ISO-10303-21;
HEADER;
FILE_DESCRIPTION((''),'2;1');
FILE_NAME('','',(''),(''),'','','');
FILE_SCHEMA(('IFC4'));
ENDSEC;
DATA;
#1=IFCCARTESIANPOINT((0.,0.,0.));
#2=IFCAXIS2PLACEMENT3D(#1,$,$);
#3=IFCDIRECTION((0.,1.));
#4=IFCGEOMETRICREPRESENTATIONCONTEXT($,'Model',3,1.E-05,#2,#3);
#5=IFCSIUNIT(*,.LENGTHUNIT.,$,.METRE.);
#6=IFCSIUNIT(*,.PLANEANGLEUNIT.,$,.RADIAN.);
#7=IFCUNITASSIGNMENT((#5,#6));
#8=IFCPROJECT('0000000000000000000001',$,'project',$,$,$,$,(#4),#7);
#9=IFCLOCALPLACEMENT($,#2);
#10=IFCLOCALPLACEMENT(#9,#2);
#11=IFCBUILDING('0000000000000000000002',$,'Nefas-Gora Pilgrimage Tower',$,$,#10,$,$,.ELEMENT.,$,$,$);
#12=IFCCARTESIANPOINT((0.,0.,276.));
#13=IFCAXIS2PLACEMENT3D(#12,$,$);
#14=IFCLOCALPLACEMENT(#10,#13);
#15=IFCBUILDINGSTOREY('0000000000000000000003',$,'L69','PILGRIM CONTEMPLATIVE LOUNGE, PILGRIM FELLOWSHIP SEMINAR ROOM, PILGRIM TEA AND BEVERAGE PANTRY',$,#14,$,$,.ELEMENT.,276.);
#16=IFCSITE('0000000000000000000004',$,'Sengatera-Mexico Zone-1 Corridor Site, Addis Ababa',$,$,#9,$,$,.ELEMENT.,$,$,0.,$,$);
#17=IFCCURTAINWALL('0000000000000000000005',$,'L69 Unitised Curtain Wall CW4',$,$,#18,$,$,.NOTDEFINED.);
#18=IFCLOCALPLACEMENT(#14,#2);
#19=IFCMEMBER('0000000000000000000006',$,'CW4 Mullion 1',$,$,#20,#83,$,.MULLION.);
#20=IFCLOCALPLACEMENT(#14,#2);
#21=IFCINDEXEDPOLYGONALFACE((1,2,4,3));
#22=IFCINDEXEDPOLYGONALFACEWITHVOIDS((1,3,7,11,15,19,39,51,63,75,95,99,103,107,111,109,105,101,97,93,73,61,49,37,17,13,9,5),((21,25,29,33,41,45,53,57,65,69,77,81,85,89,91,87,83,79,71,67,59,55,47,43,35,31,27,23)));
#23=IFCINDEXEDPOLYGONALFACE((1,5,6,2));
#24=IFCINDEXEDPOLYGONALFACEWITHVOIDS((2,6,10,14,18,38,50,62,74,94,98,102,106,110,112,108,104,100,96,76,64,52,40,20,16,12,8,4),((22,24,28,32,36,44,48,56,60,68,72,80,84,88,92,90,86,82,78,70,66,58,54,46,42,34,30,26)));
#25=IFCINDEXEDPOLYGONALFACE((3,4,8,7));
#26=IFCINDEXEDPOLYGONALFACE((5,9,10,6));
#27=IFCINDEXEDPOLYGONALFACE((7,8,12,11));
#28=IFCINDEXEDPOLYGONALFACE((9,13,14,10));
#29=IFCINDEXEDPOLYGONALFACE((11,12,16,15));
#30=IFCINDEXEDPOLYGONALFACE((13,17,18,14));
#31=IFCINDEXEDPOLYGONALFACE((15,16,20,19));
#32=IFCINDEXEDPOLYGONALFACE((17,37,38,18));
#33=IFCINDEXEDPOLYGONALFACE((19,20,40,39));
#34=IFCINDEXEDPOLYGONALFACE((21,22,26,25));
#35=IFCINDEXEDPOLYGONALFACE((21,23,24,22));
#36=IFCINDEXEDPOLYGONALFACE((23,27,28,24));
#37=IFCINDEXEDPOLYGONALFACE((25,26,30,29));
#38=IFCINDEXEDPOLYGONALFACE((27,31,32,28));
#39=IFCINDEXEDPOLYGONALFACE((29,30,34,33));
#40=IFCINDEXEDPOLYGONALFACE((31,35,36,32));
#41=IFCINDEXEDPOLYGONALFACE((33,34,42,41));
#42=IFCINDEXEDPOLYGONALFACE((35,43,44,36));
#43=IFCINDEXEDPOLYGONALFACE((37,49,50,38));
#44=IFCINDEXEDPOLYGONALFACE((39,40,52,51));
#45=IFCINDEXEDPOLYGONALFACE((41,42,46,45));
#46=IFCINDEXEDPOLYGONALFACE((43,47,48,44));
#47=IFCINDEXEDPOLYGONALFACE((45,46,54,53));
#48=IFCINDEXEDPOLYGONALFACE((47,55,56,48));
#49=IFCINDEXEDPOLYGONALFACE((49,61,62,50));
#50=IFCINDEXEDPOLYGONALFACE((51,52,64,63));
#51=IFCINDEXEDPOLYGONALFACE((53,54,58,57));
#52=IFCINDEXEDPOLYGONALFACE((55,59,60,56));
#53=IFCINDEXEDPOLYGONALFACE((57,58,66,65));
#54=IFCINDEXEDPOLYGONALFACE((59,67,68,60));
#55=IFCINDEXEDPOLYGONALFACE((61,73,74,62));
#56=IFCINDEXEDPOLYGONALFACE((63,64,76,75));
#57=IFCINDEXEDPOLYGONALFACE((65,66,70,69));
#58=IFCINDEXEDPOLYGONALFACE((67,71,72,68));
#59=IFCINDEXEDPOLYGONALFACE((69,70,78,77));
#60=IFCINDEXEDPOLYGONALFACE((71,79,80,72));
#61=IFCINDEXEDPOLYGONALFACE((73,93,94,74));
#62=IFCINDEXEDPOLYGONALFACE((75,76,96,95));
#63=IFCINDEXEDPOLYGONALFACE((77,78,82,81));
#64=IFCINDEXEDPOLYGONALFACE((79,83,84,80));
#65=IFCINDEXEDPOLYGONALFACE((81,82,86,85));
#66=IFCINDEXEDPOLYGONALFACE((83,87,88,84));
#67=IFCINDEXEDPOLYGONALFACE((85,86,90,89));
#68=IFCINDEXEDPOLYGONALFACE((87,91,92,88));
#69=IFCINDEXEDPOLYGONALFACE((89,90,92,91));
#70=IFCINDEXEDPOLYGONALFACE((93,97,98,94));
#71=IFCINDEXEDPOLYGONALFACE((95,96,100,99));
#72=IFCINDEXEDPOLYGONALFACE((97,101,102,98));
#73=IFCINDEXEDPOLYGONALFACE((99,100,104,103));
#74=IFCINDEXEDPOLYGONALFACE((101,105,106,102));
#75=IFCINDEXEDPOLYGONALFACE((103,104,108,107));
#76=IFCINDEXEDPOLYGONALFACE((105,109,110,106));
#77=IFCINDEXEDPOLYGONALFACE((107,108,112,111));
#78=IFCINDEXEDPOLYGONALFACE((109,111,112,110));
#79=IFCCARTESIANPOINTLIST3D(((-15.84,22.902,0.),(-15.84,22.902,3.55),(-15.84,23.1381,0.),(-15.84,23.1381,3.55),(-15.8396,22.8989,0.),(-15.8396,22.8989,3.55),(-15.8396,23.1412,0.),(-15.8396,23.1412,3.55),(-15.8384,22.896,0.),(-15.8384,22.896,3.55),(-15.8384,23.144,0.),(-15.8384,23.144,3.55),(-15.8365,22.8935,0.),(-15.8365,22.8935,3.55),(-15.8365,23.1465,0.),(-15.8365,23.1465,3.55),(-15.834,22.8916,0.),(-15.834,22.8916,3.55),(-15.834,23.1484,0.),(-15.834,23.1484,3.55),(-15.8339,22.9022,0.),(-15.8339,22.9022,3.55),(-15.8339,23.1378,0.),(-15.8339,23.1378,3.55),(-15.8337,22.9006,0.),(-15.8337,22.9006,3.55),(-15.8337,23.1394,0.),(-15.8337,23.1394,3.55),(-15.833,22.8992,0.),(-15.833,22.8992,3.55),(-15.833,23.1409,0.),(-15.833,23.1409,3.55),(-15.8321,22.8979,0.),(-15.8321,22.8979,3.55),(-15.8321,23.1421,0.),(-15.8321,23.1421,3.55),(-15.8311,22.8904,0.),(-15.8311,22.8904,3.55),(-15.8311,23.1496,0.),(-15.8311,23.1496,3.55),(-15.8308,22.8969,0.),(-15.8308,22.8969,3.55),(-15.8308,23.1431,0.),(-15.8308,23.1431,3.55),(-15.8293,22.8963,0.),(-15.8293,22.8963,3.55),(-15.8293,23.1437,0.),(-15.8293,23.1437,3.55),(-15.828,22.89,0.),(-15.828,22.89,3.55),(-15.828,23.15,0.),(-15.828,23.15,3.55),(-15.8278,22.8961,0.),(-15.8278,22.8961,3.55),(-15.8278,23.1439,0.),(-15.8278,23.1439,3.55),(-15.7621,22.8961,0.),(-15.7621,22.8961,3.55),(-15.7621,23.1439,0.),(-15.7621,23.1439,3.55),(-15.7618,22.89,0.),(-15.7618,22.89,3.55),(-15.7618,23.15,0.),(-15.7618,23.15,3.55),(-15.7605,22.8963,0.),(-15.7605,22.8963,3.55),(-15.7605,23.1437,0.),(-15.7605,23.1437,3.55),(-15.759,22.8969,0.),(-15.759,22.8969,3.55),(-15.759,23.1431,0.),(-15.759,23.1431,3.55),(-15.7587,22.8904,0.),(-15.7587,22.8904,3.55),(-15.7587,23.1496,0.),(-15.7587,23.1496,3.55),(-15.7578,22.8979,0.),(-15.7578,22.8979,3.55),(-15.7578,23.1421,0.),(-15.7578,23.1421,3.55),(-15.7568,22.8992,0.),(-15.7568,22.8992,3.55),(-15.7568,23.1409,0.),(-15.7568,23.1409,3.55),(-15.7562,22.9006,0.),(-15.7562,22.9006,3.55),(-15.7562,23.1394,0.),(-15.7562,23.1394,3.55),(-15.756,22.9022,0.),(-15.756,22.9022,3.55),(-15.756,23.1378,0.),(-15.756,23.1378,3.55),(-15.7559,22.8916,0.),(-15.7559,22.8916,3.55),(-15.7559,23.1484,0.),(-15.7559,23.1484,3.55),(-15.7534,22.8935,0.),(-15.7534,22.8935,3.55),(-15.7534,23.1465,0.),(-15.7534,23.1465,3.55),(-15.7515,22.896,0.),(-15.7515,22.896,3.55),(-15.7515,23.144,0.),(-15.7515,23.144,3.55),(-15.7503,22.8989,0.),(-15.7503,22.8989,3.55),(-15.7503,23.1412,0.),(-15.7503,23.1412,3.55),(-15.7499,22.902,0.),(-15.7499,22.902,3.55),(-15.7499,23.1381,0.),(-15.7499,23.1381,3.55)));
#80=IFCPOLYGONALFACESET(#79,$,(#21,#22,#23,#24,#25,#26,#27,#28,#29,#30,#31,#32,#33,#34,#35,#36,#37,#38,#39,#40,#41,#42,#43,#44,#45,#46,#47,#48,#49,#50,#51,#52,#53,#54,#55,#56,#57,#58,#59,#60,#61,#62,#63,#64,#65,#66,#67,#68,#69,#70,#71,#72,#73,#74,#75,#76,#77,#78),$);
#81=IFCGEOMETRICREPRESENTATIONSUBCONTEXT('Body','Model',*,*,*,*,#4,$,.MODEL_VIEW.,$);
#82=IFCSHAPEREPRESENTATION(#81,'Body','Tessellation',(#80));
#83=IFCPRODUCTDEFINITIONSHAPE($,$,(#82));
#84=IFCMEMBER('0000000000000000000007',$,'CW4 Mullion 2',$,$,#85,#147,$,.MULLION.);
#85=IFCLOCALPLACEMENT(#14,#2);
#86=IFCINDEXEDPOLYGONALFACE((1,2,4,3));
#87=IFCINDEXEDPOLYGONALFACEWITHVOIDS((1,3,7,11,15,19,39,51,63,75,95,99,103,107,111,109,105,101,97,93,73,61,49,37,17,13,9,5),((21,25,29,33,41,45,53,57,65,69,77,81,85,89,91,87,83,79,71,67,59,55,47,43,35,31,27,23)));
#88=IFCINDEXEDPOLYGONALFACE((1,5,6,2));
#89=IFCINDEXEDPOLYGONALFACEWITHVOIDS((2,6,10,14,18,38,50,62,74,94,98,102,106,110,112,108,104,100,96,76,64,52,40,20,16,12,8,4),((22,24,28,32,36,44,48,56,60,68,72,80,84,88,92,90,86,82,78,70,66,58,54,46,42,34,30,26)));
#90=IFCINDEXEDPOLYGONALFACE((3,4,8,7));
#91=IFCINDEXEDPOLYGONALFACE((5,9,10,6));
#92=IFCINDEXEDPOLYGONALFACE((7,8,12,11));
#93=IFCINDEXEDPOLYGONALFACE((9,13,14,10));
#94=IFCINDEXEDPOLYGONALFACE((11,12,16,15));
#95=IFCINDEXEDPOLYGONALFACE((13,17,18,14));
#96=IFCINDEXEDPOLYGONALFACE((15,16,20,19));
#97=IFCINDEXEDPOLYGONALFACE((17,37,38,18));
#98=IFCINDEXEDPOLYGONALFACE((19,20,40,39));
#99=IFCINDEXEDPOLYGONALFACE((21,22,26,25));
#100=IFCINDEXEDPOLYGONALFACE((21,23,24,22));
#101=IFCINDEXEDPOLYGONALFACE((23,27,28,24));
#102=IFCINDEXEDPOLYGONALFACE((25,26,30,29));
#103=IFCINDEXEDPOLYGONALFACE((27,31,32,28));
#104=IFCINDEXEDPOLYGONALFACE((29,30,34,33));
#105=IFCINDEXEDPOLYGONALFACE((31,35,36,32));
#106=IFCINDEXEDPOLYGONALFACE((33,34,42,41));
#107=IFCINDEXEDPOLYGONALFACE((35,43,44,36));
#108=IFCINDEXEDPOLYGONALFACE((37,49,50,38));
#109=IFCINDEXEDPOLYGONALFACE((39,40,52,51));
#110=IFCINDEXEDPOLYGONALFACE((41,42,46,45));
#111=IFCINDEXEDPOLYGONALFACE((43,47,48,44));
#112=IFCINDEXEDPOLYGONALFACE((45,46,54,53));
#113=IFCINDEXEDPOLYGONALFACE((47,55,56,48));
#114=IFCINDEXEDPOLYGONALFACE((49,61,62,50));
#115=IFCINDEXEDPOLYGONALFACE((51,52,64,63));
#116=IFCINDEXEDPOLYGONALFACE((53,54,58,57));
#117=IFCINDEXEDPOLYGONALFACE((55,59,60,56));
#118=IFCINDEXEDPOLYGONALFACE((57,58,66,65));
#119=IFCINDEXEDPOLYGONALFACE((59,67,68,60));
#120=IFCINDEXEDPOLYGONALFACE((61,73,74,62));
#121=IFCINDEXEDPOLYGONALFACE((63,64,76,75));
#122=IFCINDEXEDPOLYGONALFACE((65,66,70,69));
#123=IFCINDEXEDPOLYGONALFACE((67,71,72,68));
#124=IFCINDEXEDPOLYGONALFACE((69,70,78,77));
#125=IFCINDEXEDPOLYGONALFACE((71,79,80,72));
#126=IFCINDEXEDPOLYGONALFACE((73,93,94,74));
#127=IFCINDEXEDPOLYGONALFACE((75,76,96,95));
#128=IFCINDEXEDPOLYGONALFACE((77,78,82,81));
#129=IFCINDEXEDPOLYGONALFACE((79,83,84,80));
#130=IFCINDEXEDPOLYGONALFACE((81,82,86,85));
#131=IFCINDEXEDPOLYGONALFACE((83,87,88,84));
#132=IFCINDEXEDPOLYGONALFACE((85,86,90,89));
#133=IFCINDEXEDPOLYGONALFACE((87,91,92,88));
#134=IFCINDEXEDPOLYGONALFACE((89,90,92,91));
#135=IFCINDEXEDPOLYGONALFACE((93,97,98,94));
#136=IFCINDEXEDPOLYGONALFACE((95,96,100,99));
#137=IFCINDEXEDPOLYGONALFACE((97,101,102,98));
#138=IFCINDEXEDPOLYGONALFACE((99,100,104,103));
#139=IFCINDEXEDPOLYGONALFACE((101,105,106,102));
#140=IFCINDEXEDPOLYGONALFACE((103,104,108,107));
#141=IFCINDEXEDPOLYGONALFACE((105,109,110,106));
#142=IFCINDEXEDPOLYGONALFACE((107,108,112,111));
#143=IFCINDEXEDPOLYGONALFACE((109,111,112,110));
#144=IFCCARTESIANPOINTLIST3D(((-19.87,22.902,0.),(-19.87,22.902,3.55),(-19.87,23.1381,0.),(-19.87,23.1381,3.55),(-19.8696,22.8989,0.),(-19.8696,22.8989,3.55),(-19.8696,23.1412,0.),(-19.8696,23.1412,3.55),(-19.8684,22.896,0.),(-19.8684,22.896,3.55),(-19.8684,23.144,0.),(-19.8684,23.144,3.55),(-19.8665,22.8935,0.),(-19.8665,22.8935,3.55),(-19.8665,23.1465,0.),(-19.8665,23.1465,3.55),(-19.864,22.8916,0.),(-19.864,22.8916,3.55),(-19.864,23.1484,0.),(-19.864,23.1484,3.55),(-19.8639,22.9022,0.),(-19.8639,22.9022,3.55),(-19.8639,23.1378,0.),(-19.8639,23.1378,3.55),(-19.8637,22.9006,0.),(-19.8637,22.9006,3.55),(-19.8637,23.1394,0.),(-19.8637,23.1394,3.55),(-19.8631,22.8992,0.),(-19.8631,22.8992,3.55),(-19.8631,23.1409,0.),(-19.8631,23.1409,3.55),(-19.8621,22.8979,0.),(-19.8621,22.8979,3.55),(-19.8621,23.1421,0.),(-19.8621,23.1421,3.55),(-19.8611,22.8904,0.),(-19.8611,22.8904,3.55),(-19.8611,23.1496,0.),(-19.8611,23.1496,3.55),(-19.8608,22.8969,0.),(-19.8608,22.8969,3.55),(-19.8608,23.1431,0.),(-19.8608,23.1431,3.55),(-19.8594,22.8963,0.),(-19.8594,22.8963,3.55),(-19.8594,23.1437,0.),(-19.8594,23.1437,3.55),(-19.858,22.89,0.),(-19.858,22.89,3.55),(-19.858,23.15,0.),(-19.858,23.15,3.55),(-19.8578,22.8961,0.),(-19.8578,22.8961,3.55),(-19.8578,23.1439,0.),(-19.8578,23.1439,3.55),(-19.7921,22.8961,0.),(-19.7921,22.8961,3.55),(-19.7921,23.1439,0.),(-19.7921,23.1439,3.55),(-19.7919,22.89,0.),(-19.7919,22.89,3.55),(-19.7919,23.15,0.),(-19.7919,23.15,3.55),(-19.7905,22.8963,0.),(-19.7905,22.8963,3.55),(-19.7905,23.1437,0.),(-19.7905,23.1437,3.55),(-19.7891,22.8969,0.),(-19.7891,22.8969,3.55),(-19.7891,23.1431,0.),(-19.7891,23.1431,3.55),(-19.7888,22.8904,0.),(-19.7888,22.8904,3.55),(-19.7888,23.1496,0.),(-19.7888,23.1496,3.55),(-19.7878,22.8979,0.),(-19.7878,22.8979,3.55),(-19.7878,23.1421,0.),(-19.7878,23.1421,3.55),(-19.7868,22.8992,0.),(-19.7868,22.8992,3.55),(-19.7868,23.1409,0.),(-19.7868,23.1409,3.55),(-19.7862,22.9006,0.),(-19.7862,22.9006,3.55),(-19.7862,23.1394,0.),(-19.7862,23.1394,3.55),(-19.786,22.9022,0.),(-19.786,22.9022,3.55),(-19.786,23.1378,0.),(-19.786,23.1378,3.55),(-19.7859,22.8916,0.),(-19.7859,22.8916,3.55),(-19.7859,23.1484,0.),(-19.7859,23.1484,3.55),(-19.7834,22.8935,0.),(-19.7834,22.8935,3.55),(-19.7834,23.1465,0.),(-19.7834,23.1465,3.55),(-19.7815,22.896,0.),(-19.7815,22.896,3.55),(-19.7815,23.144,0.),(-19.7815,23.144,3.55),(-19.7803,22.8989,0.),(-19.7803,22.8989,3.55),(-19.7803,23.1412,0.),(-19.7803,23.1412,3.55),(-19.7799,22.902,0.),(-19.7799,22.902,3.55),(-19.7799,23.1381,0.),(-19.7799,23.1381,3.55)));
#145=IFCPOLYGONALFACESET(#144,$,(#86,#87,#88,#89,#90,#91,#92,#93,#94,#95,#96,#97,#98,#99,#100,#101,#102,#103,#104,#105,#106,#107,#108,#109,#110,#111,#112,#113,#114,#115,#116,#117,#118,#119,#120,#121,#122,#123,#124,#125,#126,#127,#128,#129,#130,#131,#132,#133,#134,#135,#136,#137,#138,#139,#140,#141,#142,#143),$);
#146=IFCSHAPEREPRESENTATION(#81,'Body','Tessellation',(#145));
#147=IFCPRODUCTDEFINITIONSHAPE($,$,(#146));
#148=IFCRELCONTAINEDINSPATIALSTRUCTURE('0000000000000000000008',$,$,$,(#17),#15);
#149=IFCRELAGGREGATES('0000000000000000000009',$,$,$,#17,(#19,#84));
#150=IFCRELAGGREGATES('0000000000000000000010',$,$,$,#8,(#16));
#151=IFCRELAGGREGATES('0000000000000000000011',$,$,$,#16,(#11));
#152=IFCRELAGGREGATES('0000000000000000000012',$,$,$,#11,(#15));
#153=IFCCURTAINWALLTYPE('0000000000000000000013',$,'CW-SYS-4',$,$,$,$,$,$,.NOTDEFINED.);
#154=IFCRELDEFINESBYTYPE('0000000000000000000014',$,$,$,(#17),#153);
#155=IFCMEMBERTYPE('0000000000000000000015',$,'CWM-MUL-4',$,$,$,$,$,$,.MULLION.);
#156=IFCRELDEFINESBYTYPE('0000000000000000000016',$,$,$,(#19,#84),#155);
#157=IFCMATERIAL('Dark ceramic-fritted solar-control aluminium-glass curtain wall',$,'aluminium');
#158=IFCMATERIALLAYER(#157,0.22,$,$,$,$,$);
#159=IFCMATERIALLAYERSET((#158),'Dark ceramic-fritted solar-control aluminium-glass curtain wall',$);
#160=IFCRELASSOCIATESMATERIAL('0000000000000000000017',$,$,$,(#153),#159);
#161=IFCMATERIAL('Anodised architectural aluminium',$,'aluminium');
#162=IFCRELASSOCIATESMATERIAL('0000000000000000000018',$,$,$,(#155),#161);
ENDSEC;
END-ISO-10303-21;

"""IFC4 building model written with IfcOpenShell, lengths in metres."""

from ifc_helpers import new_model, si_unit, direction, frame, origin, origin_2d, place, context, subcontext, project, spatial, hollow_rectangle, extrude, source, transform, mapped, material, layer, layer_set, material_profile, profile_set, type_object, element, aggregate, save


model = new_model("IFC4")

# Units and contexts
model_context = context("Model", 3, precision=1e-05, world=origin(), true_north=direction((0.0, 1.0)))
body_context = subcontext(model_context, "Body", "Model", "MODEL_VIEW")
ifc_project = project(units=[si_unit("LENGTHUNIT", "METRE"), si_unit("PLANEANGLEUNIT", "RADIAN")], contexts=[model_context])

# Site, building, storey
site_placement = place(None, origin())
site = spatial("IfcSite", under=ifc_project, at=site_placement, Name="Sengatera-Mexico Zone-1 Corridor Site, Addis Ababa", CompositionType="ELEMENT", RefElevation=0.0)
building_placement = place(site_placement, origin())
building = spatial("IfcBuilding", under=site, at=building_placement, Name="Nefas-Gora Pilgrimage Tower", CompositionType="ELEMENT")
storey_placement = place(building_placement, frame((0.0, 0.0, 276.0)))
storey = spatial("IfcBuildingStorey", under=building, at=storey_placement, Name="L69", Description="PILGRIM CONTEMPLATIVE LOUNGE, PILGRIM FELLOWSHIP SEMINAR ROOM, PILGRIM TEA AND BEVERAGE PANTRY", CompositionType="ELEMENT", Elevation=276.0)

# Shared definitions
ifc_material_1 = material(Name="Dark ceramic-fritted solar-control aluminium-glass curtain wall", Category="aluminium")
ifc_material_2 = material(Name="Anodised architectural aluminium", Category="aluminium")
ifc_layer_1 = layer(ifc_material_1, 0.22)
ifc_layer_set_1 = layer_set([ifc_layer_1], Name="Dark ceramic-fritted solar-control aluminium-glass curtain wall")
curtain_wall_type_1 = type_object("IfcCurtainWallType", Name="CW-SYS-4", PredefinedType="NOTDEFINED", material=ifc_layer_set_1)

# Curtain wall, members
curtain_wall_1_placement = place(storey_placement, origin())
curtain_wall_1 = element("IfcCurtainWall", 1, at=curtain_wall_1_placement, inside=storey, type_object=curtain_wall_type_1, Name="L69 Unitised Curtain Wall CW4", PredefinedType="NOTDEFINED")
ifc_material_profile_1 = material_profile(ifc_material_2, hollow_rectangle(XDim=0.0901, YDim=0.26, WallThickness=0.0061, InnerFilletRadius=0.0061, OuterFilletRadius=0.012, at=origin_2d()), Name="ALU MULLION 90x260")
ifc_profile_set_1 = profile_set([ifc_material_profile_1], Name="Anodised architectural aluminium")
member_type_1 = type_object("IfcMemberType", Name="CWM-MUL-4", PredefinedType="MULLION", material=ifc_profile_set_1)
shared_shape_1 = source(origin(), body_context, "Body", "SweptSolid", [
    extrude(hollow_rectangle(XDim=0.0901, YDim=0.26, WallThickness=0.0061, InnerFilletRadius=0.0061, OuterFilletRadius=0.012, at=origin_2d()), origin(), (0.0, 0.0, 1.0), 3.55),
])
member_1_placement = place(storey_placement, frame((-15.7949, 23.02, 0.0), z_axis=(0.0, 0.0, 1.0), x_axis=(-1.0, 0.0, 0.0)))
member_1 = element("IfcMember", 2, at=member_1_placement, type_object=member_type_1, Name="CW4 Mullion 1", PredefinedType="MULLION", context=body_context, shape_type="MappedRepresentation", body=[
    mapped(shared_shape_1, transform((0.0, 0.0, 0.0), x_axis=(1.0, 0.0, 0.0), y_axis=(0.0, 1.0, 0.0), z_axis=(0.0, 0.0, 1.0), scale=1.0)),
])
member_2_placement = place(storey_placement, frame((-19.825, 23.02, 0.0), z_axis=(0.0, 0.0, 1.0), x_axis=(-1.0, 0.0, 0.0)))
member_2 = element("IfcMember", 3, at=member_2_placement, type_object=member_type_1, Name="CW4 Mullion 2", PredefinedType="MULLION", context=body_context, shape_type="MappedRepresentation", body=[
    mapped(shared_shape_1, transform((0.0, 0.0, 0.0), x_axis=(1.0, 0.0, 0.0), y_axis=(0.0, 1.0, 0.0), z_axis=(0.0, 0.0, 1.0), scale=1.0)),
])

aggregate(curtain_wall_1, [member_1, member_2])

save(model, "model.ifc")
